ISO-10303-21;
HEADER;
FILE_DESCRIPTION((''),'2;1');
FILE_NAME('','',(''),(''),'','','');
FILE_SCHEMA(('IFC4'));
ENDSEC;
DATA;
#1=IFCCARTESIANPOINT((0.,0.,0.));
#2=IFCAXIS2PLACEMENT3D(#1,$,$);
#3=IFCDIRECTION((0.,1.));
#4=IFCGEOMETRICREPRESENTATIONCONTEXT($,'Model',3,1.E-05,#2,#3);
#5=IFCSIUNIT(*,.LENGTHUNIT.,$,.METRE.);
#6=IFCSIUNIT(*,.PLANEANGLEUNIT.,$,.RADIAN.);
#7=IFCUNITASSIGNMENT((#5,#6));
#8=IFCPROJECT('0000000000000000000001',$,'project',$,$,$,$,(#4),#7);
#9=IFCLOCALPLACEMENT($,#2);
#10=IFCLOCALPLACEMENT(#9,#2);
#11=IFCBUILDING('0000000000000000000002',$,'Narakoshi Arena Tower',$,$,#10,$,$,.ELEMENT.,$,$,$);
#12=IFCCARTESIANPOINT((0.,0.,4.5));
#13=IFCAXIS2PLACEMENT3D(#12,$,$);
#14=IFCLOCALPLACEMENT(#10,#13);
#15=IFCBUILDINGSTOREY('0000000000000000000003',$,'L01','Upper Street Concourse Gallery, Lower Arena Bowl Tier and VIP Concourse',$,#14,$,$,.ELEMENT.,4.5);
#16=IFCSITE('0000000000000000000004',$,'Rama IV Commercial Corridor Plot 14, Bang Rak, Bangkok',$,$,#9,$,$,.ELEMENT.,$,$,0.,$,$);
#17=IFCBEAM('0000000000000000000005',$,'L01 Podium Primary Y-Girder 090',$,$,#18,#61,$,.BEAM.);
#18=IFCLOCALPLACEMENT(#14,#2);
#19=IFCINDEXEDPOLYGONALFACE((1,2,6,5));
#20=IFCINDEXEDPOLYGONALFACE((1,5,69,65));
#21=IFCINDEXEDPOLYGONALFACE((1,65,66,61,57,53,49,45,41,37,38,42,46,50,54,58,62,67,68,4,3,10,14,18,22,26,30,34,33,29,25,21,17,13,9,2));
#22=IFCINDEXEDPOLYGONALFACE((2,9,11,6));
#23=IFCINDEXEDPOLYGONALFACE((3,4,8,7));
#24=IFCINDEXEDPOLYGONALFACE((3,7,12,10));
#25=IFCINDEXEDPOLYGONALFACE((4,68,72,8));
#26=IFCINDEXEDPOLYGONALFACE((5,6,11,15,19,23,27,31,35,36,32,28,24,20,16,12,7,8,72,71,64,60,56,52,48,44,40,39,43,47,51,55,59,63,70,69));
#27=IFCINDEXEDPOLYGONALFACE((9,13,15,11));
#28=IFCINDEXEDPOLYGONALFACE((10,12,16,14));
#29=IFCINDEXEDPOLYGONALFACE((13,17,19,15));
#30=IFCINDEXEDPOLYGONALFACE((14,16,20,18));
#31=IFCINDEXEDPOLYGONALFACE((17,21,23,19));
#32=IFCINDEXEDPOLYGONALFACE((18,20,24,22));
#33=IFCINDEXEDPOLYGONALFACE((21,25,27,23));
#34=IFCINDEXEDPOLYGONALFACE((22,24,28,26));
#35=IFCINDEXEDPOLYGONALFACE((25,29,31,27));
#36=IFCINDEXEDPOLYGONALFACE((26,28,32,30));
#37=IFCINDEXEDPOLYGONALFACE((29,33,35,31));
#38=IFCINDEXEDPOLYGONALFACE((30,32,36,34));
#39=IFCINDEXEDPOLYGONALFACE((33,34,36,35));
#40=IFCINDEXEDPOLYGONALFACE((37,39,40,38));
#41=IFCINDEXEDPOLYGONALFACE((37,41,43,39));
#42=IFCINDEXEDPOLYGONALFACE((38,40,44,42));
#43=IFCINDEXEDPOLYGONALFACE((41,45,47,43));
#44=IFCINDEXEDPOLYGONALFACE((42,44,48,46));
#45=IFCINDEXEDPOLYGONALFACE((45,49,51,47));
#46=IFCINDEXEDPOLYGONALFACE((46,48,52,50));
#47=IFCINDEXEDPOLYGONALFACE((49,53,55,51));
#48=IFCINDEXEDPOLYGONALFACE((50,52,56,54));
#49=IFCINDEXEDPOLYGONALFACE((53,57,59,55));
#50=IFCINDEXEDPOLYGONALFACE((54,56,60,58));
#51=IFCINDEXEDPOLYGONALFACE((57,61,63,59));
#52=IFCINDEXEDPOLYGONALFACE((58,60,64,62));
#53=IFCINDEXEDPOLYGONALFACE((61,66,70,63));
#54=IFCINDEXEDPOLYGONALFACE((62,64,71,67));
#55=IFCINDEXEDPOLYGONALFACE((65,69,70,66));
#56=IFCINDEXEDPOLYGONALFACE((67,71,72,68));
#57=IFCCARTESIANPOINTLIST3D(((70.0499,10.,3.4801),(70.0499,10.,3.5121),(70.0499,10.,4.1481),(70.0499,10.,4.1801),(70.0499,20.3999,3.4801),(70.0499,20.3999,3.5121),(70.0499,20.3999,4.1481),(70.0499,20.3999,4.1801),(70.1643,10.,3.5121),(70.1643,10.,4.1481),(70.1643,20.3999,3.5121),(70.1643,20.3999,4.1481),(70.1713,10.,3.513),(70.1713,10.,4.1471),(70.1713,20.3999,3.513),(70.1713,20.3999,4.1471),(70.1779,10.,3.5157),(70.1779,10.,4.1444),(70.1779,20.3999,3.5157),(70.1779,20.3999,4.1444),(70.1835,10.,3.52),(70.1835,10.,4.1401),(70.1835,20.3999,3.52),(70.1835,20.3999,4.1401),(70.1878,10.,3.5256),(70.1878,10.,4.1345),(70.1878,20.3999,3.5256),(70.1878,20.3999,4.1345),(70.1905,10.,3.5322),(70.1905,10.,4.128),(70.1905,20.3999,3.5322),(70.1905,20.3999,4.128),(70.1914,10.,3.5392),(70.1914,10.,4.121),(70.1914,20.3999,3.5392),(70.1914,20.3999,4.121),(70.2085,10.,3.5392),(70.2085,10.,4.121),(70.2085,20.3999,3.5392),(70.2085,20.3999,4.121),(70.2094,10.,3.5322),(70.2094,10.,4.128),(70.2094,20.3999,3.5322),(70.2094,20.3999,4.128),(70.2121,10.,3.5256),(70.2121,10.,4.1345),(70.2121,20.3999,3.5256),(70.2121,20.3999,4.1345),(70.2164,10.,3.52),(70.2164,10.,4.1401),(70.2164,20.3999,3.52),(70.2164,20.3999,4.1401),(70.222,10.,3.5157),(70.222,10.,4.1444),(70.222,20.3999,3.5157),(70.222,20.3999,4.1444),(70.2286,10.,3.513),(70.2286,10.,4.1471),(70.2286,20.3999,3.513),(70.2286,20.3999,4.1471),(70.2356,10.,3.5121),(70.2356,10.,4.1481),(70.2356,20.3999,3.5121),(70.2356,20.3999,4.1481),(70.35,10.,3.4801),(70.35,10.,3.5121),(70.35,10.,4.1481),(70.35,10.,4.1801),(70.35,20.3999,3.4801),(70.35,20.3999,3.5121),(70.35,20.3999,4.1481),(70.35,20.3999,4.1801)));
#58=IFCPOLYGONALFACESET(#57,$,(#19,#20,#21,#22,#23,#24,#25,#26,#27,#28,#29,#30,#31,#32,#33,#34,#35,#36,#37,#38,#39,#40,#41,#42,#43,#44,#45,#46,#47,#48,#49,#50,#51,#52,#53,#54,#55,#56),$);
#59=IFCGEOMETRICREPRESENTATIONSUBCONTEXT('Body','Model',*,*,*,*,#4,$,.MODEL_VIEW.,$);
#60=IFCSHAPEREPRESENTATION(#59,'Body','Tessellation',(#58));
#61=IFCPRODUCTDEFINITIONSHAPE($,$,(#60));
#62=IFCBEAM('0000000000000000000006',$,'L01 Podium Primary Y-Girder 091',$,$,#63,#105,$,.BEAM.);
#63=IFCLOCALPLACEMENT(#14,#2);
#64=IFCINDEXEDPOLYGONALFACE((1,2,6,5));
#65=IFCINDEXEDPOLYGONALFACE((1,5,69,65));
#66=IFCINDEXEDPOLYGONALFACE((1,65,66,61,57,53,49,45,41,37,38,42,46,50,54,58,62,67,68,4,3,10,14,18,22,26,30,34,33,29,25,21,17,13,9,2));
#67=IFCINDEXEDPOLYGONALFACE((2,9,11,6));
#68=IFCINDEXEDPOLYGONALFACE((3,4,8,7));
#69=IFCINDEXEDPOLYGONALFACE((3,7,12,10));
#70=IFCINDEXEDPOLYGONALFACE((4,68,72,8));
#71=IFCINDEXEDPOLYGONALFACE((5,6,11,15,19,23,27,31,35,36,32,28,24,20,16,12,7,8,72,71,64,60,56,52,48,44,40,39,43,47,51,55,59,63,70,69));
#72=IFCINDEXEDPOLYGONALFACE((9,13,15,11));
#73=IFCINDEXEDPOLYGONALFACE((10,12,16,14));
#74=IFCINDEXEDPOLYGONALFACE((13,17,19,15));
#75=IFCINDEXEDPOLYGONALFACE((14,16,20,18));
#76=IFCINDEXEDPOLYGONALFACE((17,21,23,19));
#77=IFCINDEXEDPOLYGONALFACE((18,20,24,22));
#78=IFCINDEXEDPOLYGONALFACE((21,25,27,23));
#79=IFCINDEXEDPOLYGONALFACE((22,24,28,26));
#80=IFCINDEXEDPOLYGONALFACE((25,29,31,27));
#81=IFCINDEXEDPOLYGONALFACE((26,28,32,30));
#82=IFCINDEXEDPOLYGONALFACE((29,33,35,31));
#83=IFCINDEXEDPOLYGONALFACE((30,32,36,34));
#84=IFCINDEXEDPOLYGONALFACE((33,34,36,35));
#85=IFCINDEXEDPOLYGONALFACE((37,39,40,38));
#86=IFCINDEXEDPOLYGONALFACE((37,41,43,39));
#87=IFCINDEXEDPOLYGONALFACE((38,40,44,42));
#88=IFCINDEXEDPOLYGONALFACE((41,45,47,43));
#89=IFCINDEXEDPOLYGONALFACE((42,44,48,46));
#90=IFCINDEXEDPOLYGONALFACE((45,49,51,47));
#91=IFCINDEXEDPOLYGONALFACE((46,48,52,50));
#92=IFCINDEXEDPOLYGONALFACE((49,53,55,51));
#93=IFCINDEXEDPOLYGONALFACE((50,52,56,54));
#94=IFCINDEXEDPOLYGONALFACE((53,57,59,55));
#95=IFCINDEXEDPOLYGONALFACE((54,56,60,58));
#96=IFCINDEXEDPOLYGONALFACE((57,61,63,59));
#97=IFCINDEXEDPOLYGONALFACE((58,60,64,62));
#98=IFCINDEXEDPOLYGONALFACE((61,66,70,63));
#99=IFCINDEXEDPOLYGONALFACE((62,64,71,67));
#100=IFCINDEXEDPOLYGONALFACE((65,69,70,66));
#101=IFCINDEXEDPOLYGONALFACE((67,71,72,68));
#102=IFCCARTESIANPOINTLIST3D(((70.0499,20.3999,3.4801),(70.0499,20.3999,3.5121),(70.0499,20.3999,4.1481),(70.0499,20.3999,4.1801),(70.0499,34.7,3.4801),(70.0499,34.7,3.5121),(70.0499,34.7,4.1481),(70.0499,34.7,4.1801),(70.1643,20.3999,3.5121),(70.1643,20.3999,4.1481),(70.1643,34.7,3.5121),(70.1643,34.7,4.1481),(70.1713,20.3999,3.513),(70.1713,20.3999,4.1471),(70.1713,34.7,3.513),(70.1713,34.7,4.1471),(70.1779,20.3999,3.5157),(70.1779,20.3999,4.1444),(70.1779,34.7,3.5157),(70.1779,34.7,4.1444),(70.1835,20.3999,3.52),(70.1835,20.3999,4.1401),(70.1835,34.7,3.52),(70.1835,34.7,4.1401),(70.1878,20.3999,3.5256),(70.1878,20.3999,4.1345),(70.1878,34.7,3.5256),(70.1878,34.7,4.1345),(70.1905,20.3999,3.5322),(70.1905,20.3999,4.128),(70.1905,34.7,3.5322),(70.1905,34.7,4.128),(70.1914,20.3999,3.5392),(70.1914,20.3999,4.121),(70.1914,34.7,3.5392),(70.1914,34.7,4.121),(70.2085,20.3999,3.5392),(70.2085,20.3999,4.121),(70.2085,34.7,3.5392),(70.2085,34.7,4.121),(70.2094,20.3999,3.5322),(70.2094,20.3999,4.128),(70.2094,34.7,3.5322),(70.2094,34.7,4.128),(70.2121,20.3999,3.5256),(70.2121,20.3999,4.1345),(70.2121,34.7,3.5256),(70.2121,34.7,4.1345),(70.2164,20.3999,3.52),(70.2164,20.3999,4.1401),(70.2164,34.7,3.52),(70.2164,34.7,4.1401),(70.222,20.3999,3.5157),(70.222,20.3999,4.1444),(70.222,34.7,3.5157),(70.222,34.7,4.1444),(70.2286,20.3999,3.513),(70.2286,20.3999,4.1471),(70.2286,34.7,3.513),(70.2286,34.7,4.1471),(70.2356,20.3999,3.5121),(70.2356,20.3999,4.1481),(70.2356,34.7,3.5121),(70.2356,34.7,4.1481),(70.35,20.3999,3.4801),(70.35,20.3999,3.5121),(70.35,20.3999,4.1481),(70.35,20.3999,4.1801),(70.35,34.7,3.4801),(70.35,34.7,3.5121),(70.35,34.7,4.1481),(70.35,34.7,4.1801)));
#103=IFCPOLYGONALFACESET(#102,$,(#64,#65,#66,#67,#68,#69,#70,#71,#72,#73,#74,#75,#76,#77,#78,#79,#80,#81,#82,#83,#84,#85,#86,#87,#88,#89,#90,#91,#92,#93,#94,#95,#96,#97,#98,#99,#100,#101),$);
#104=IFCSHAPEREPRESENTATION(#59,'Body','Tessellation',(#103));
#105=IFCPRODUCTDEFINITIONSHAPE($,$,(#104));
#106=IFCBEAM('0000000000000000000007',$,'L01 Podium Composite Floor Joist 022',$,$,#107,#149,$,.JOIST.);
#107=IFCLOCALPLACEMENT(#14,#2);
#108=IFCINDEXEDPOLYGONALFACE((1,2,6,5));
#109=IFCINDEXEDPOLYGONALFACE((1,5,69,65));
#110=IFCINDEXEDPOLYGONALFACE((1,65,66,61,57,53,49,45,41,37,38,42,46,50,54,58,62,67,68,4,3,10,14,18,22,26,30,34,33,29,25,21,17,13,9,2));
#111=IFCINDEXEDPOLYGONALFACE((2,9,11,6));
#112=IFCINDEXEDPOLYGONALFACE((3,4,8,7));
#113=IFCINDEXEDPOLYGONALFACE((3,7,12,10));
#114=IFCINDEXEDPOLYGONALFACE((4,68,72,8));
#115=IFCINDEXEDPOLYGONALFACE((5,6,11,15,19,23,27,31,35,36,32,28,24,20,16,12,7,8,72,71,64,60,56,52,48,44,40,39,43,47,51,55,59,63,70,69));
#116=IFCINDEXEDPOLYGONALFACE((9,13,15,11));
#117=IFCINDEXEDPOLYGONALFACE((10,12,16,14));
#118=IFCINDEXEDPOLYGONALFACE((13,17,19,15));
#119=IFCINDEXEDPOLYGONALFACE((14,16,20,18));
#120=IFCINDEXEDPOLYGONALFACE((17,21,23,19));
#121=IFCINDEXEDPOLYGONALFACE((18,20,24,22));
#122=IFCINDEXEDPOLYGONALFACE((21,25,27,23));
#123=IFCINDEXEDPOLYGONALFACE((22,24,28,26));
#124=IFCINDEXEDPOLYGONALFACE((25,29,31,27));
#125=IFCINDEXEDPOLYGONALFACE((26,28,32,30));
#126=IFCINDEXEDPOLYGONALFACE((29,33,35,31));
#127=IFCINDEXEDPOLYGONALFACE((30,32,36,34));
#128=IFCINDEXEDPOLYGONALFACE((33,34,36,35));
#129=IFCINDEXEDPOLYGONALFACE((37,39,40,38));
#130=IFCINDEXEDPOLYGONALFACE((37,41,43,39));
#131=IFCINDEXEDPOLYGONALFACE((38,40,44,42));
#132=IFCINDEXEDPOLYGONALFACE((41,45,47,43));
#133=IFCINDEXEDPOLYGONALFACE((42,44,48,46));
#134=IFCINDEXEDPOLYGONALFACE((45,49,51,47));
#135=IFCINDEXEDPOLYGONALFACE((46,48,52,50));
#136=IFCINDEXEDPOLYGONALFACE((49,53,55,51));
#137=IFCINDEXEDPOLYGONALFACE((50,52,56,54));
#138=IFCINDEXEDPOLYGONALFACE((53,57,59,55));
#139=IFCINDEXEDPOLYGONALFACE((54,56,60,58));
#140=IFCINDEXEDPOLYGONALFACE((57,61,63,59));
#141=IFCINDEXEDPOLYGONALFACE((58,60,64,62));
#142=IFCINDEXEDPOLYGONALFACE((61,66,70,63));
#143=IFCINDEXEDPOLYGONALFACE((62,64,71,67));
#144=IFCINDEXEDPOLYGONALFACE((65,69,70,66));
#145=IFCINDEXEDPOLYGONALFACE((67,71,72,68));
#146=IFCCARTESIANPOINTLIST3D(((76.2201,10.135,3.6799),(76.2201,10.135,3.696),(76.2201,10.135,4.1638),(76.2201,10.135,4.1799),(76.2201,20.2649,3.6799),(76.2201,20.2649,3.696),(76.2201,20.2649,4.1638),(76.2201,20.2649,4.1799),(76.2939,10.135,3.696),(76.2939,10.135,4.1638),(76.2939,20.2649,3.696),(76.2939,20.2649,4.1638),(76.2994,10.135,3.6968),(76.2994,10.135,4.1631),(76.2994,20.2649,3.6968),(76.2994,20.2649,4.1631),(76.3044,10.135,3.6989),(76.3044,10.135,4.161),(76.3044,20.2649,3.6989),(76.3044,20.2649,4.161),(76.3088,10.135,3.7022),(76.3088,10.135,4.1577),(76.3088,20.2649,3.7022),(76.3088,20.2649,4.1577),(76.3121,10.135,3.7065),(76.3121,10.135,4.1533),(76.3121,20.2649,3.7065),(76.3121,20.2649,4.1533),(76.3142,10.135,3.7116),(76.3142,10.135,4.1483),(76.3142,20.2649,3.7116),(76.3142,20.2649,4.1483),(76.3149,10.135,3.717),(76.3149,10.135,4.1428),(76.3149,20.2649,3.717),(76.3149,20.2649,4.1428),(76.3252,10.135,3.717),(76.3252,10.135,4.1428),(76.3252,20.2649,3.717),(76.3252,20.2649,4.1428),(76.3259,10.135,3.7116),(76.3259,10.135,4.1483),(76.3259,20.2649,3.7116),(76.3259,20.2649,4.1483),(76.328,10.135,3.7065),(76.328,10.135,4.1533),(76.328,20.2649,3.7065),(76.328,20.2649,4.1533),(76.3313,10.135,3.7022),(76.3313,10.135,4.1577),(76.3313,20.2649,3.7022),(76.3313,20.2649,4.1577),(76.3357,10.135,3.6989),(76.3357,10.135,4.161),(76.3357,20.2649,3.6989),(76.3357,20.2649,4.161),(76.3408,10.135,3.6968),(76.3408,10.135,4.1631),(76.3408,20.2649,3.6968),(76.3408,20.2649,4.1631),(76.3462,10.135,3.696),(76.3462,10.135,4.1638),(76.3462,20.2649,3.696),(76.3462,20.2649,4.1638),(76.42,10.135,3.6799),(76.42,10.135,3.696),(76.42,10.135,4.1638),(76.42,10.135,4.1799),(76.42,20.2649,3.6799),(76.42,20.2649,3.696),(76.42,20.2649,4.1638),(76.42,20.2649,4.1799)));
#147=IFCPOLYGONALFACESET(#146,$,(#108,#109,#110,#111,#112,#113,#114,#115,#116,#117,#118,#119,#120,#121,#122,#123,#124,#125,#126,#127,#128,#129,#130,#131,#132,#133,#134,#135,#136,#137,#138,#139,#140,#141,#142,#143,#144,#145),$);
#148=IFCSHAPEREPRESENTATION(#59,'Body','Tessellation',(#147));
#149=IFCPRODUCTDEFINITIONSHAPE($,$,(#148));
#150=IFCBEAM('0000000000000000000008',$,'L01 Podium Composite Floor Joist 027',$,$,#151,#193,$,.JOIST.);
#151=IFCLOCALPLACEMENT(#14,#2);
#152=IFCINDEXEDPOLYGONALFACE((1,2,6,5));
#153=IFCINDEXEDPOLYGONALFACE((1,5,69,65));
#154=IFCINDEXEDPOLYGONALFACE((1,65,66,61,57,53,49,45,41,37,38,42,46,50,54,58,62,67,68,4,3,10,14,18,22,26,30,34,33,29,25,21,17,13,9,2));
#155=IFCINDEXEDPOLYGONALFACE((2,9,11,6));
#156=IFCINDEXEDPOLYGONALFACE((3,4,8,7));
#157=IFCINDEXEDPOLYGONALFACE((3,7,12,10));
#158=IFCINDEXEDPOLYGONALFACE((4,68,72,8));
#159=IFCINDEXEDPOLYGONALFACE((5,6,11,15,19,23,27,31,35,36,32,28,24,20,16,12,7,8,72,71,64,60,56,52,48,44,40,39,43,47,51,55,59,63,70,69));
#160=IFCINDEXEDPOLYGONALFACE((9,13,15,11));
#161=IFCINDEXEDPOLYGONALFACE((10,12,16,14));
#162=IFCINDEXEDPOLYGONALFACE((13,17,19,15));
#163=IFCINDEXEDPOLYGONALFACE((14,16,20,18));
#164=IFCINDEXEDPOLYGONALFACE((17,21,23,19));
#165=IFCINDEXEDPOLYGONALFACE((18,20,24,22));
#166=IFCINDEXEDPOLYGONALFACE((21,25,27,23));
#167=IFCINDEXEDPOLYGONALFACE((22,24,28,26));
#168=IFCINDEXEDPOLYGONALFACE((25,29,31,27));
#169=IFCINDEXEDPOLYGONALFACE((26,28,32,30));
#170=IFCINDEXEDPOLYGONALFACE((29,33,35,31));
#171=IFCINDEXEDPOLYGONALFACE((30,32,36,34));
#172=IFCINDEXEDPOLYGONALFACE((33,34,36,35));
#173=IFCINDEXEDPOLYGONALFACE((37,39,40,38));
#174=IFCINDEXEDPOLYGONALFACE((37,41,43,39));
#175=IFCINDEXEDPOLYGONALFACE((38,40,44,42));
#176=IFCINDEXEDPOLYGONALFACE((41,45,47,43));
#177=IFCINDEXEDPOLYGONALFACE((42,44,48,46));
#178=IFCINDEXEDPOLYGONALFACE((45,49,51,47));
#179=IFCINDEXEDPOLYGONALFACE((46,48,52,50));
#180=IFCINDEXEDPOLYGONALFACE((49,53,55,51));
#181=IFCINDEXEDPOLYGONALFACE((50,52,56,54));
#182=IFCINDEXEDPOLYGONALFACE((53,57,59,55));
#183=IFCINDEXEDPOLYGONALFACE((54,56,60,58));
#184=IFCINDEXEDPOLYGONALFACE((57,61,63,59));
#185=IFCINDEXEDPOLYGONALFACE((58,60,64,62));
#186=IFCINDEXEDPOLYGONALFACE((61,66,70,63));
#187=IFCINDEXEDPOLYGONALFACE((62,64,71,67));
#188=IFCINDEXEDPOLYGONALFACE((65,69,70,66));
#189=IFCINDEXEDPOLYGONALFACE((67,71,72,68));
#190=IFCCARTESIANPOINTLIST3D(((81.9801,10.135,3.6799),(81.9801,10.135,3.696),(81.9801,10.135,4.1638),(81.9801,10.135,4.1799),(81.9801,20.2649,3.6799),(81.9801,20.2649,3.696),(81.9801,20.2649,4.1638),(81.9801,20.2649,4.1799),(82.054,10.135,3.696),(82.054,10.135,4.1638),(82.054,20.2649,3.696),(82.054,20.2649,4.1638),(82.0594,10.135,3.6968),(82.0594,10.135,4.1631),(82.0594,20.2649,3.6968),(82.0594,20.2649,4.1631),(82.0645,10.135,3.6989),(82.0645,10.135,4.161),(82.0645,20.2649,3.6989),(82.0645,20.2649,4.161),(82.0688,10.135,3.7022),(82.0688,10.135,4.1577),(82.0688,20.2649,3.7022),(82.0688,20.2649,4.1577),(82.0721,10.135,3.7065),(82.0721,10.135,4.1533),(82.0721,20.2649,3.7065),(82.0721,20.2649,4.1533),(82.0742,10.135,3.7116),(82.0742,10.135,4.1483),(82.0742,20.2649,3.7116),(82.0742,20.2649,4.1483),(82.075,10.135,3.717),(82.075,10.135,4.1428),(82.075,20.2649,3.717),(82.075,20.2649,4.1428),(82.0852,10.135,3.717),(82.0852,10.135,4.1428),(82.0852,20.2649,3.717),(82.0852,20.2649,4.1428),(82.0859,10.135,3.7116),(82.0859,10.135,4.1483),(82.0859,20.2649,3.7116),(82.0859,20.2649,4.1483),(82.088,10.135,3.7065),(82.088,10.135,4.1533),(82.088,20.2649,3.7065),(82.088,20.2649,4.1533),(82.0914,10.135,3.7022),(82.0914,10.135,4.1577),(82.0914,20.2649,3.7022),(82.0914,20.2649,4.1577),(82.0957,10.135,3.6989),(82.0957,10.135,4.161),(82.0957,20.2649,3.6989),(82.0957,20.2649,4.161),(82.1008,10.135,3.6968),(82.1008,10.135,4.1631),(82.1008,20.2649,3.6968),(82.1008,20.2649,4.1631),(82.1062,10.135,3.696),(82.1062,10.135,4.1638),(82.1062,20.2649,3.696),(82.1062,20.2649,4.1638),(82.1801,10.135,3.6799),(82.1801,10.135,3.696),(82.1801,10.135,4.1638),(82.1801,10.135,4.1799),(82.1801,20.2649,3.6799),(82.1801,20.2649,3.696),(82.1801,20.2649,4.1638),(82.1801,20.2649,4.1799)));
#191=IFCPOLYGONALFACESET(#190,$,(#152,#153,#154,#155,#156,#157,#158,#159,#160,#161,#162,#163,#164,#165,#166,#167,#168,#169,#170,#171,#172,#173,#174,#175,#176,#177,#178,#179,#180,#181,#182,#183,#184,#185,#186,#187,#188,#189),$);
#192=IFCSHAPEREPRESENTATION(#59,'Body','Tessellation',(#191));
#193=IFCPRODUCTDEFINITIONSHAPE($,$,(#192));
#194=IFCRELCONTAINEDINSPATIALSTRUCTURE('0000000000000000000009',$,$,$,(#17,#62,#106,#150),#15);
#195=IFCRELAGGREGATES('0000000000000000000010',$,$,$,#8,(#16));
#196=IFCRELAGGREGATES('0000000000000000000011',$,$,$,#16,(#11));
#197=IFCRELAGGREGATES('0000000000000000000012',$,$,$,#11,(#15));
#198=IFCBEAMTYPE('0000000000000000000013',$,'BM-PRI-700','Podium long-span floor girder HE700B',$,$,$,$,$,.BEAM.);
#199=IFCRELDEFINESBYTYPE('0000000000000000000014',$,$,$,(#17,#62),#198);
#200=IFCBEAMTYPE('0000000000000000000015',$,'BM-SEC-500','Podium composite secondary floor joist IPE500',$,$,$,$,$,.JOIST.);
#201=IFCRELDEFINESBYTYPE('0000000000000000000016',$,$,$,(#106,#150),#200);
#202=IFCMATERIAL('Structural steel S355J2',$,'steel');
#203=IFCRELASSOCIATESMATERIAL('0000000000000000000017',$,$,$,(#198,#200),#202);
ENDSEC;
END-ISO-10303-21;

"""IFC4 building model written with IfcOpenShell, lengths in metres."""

from ifc_helpers import new_model, si_unit, direction, frame, origin, origin_2d, place, context, subcontext, project, spatial, i_section, extrude, material, material_profile, profile_set, type_object, element, save


model = new_model("IFC4")

# Units and contexts
model_context = context("Model", 3, precision=1e-05, world=origin(), true_north=direction((0.0, 1.0)))
body_context = subcontext(model_context, "Body", "Model", "MODEL_VIEW")
ifc_project = project(units=[si_unit("LENGTHUNIT", "METRE"), si_unit("PLANEANGLEUNIT", "RADIAN")], contexts=[model_context])

# Site, building, storey
site_placement = place(None, origin())
site = spatial("IfcSite", under=ifc_project, at=site_placement, Name="Rama IV Commercial Corridor Plot 14, Bang Rak, Bangkok", CompositionType="ELEMENT", RefElevation=0.0)
building_placement = place(site_placement, origin())
building = spatial("IfcBuilding", under=site, at=building_placement, Name="Narakoshi Arena Tower", CompositionType="ELEMENT")
storey_placement = place(building_placement, frame((0.0, 0.0, 4.5)))
storey = spatial("IfcBuildingStorey", under=building, at=storey_placement, Name="L01", Description="Upper Street Concourse Gallery, Lower Arena Bowl Tier and VIP Concourse", CompositionType="ELEMENT", Elevation=4.5)

# Beams
ifc_material_1 = material(Name="Structural steel S355J2", Category="steel")
ifc_material_profile_1 = material_profile(ifc_material_1, i_section(OverallWidth=0.3, OverallDepth=0.7, WebThickness=0.0171, FlangeThickness=0.032, FilletRadius=0.0271, at=origin_2d()), Name="HE700B")
ifc_profile_set_1 = profile_set([ifc_material_profile_1], Name="Structural steel S355J2")
beam_type_1 = type_object("IfcBeamType", Name="BM-PRI-700", Description="Podium long-span floor girder HE700B", PredefinedType="BEAM", material=ifc_profile_set_1)
beam_1_placement = place(storey_placement, frame((70.2, 10.0, 3.8301), z_axis=(0.0, 1.0, 0.0), x_axis=(-1.0, 0.0, 0.0)))
element("IfcBeam", 1, at=beam_1_placement, inside=storey, type_object=beam_type_1, Name="L01 Podium Primary Y-Girder 090", PredefinedType="BEAM", context=body_context, shape_type="SweptSolid", body=[
    extrude(i_section(OverallWidth=0.3, OverallDepth=0.7, WebThickness=0.0171, FlangeThickness=0.032, FilletRadius=0.0271, at=origin_2d()), origin(), (0.0, 0.0, 1.0), 10.3999),
])
beam_2_placement = place(storey_placement, frame((70.2, 20.3999, 3.8301), z_axis=(0.0, 1.0, 0.0), x_axis=(-1.0, 0.0, 0.0)))
element("IfcBeam", 2, at=beam_2_placement, inside=storey, type_object=beam_type_1, Name="L01 Podium Primary Y-Girder 091", PredefinedType="BEAM", context=body_context, shape_type="SweptSolid", body=[
    extrude(i_section(OverallWidth=0.3, OverallDepth=0.7, WebThickness=0.0171, FlangeThickness=0.032, FilletRadius=0.0271, at=origin_2d()), origin(), (0.0, 0.0, 1.0), 14.3),
])
ifc_material_profile_2 = material_profile(ifc_material_1, i_section(OverallWidth=0.2, OverallDepth=0.5, WebThickness=0.0103, FlangeThickness=0.0161, FilletRadius=0.021, at=origin_2d()), Name="IPE500")
ifc_profile_set_2 = profile_set([ifc_material_profile_2], Name="Structural steel S355J2")
beam_type_2 = type_object("IfcBeamType", Name="BM-SEC-500", Description="Podium composite secondary floor joist IPE500", PredefinedType="JOIST", material=ifc_profile_set_2)
for number, where, z_axis, x_axis, name in (
    (3, (76.3201, 10.135, 3.9299), (0.0, 1.0, 0.0), (-1.0, 0.0, 0.0), "L01 Podium Composite Floor Joist 022"),
    (4, (82.0801, 10.135, 3.9299), (0.0, 1.0, 0.0), (-1.0, 0.0, 0.0), "L01 Podium Composite Floor Joist 027"),
):
    element("IfcBeam", number, at=place(storey_placement, frame(where, z_axis=z_axis, x_axis=x_axis)), inside=storey, type_object=beam_type_2, Name=name, PredefinedType="JOIST", context=body_context, shape_type="SweptSolid", body=[
        extrude(i_section(OverallWidth=0.2, OverallDepth=0.5, WebThickness=0.0103, FlangeThickness=0.0161, FilletRadius=0.021, at=origin_2d()), origin(), (0.0, 0.0, 1.0), 10.1299),
    ])

save(model, "model.ifc")
